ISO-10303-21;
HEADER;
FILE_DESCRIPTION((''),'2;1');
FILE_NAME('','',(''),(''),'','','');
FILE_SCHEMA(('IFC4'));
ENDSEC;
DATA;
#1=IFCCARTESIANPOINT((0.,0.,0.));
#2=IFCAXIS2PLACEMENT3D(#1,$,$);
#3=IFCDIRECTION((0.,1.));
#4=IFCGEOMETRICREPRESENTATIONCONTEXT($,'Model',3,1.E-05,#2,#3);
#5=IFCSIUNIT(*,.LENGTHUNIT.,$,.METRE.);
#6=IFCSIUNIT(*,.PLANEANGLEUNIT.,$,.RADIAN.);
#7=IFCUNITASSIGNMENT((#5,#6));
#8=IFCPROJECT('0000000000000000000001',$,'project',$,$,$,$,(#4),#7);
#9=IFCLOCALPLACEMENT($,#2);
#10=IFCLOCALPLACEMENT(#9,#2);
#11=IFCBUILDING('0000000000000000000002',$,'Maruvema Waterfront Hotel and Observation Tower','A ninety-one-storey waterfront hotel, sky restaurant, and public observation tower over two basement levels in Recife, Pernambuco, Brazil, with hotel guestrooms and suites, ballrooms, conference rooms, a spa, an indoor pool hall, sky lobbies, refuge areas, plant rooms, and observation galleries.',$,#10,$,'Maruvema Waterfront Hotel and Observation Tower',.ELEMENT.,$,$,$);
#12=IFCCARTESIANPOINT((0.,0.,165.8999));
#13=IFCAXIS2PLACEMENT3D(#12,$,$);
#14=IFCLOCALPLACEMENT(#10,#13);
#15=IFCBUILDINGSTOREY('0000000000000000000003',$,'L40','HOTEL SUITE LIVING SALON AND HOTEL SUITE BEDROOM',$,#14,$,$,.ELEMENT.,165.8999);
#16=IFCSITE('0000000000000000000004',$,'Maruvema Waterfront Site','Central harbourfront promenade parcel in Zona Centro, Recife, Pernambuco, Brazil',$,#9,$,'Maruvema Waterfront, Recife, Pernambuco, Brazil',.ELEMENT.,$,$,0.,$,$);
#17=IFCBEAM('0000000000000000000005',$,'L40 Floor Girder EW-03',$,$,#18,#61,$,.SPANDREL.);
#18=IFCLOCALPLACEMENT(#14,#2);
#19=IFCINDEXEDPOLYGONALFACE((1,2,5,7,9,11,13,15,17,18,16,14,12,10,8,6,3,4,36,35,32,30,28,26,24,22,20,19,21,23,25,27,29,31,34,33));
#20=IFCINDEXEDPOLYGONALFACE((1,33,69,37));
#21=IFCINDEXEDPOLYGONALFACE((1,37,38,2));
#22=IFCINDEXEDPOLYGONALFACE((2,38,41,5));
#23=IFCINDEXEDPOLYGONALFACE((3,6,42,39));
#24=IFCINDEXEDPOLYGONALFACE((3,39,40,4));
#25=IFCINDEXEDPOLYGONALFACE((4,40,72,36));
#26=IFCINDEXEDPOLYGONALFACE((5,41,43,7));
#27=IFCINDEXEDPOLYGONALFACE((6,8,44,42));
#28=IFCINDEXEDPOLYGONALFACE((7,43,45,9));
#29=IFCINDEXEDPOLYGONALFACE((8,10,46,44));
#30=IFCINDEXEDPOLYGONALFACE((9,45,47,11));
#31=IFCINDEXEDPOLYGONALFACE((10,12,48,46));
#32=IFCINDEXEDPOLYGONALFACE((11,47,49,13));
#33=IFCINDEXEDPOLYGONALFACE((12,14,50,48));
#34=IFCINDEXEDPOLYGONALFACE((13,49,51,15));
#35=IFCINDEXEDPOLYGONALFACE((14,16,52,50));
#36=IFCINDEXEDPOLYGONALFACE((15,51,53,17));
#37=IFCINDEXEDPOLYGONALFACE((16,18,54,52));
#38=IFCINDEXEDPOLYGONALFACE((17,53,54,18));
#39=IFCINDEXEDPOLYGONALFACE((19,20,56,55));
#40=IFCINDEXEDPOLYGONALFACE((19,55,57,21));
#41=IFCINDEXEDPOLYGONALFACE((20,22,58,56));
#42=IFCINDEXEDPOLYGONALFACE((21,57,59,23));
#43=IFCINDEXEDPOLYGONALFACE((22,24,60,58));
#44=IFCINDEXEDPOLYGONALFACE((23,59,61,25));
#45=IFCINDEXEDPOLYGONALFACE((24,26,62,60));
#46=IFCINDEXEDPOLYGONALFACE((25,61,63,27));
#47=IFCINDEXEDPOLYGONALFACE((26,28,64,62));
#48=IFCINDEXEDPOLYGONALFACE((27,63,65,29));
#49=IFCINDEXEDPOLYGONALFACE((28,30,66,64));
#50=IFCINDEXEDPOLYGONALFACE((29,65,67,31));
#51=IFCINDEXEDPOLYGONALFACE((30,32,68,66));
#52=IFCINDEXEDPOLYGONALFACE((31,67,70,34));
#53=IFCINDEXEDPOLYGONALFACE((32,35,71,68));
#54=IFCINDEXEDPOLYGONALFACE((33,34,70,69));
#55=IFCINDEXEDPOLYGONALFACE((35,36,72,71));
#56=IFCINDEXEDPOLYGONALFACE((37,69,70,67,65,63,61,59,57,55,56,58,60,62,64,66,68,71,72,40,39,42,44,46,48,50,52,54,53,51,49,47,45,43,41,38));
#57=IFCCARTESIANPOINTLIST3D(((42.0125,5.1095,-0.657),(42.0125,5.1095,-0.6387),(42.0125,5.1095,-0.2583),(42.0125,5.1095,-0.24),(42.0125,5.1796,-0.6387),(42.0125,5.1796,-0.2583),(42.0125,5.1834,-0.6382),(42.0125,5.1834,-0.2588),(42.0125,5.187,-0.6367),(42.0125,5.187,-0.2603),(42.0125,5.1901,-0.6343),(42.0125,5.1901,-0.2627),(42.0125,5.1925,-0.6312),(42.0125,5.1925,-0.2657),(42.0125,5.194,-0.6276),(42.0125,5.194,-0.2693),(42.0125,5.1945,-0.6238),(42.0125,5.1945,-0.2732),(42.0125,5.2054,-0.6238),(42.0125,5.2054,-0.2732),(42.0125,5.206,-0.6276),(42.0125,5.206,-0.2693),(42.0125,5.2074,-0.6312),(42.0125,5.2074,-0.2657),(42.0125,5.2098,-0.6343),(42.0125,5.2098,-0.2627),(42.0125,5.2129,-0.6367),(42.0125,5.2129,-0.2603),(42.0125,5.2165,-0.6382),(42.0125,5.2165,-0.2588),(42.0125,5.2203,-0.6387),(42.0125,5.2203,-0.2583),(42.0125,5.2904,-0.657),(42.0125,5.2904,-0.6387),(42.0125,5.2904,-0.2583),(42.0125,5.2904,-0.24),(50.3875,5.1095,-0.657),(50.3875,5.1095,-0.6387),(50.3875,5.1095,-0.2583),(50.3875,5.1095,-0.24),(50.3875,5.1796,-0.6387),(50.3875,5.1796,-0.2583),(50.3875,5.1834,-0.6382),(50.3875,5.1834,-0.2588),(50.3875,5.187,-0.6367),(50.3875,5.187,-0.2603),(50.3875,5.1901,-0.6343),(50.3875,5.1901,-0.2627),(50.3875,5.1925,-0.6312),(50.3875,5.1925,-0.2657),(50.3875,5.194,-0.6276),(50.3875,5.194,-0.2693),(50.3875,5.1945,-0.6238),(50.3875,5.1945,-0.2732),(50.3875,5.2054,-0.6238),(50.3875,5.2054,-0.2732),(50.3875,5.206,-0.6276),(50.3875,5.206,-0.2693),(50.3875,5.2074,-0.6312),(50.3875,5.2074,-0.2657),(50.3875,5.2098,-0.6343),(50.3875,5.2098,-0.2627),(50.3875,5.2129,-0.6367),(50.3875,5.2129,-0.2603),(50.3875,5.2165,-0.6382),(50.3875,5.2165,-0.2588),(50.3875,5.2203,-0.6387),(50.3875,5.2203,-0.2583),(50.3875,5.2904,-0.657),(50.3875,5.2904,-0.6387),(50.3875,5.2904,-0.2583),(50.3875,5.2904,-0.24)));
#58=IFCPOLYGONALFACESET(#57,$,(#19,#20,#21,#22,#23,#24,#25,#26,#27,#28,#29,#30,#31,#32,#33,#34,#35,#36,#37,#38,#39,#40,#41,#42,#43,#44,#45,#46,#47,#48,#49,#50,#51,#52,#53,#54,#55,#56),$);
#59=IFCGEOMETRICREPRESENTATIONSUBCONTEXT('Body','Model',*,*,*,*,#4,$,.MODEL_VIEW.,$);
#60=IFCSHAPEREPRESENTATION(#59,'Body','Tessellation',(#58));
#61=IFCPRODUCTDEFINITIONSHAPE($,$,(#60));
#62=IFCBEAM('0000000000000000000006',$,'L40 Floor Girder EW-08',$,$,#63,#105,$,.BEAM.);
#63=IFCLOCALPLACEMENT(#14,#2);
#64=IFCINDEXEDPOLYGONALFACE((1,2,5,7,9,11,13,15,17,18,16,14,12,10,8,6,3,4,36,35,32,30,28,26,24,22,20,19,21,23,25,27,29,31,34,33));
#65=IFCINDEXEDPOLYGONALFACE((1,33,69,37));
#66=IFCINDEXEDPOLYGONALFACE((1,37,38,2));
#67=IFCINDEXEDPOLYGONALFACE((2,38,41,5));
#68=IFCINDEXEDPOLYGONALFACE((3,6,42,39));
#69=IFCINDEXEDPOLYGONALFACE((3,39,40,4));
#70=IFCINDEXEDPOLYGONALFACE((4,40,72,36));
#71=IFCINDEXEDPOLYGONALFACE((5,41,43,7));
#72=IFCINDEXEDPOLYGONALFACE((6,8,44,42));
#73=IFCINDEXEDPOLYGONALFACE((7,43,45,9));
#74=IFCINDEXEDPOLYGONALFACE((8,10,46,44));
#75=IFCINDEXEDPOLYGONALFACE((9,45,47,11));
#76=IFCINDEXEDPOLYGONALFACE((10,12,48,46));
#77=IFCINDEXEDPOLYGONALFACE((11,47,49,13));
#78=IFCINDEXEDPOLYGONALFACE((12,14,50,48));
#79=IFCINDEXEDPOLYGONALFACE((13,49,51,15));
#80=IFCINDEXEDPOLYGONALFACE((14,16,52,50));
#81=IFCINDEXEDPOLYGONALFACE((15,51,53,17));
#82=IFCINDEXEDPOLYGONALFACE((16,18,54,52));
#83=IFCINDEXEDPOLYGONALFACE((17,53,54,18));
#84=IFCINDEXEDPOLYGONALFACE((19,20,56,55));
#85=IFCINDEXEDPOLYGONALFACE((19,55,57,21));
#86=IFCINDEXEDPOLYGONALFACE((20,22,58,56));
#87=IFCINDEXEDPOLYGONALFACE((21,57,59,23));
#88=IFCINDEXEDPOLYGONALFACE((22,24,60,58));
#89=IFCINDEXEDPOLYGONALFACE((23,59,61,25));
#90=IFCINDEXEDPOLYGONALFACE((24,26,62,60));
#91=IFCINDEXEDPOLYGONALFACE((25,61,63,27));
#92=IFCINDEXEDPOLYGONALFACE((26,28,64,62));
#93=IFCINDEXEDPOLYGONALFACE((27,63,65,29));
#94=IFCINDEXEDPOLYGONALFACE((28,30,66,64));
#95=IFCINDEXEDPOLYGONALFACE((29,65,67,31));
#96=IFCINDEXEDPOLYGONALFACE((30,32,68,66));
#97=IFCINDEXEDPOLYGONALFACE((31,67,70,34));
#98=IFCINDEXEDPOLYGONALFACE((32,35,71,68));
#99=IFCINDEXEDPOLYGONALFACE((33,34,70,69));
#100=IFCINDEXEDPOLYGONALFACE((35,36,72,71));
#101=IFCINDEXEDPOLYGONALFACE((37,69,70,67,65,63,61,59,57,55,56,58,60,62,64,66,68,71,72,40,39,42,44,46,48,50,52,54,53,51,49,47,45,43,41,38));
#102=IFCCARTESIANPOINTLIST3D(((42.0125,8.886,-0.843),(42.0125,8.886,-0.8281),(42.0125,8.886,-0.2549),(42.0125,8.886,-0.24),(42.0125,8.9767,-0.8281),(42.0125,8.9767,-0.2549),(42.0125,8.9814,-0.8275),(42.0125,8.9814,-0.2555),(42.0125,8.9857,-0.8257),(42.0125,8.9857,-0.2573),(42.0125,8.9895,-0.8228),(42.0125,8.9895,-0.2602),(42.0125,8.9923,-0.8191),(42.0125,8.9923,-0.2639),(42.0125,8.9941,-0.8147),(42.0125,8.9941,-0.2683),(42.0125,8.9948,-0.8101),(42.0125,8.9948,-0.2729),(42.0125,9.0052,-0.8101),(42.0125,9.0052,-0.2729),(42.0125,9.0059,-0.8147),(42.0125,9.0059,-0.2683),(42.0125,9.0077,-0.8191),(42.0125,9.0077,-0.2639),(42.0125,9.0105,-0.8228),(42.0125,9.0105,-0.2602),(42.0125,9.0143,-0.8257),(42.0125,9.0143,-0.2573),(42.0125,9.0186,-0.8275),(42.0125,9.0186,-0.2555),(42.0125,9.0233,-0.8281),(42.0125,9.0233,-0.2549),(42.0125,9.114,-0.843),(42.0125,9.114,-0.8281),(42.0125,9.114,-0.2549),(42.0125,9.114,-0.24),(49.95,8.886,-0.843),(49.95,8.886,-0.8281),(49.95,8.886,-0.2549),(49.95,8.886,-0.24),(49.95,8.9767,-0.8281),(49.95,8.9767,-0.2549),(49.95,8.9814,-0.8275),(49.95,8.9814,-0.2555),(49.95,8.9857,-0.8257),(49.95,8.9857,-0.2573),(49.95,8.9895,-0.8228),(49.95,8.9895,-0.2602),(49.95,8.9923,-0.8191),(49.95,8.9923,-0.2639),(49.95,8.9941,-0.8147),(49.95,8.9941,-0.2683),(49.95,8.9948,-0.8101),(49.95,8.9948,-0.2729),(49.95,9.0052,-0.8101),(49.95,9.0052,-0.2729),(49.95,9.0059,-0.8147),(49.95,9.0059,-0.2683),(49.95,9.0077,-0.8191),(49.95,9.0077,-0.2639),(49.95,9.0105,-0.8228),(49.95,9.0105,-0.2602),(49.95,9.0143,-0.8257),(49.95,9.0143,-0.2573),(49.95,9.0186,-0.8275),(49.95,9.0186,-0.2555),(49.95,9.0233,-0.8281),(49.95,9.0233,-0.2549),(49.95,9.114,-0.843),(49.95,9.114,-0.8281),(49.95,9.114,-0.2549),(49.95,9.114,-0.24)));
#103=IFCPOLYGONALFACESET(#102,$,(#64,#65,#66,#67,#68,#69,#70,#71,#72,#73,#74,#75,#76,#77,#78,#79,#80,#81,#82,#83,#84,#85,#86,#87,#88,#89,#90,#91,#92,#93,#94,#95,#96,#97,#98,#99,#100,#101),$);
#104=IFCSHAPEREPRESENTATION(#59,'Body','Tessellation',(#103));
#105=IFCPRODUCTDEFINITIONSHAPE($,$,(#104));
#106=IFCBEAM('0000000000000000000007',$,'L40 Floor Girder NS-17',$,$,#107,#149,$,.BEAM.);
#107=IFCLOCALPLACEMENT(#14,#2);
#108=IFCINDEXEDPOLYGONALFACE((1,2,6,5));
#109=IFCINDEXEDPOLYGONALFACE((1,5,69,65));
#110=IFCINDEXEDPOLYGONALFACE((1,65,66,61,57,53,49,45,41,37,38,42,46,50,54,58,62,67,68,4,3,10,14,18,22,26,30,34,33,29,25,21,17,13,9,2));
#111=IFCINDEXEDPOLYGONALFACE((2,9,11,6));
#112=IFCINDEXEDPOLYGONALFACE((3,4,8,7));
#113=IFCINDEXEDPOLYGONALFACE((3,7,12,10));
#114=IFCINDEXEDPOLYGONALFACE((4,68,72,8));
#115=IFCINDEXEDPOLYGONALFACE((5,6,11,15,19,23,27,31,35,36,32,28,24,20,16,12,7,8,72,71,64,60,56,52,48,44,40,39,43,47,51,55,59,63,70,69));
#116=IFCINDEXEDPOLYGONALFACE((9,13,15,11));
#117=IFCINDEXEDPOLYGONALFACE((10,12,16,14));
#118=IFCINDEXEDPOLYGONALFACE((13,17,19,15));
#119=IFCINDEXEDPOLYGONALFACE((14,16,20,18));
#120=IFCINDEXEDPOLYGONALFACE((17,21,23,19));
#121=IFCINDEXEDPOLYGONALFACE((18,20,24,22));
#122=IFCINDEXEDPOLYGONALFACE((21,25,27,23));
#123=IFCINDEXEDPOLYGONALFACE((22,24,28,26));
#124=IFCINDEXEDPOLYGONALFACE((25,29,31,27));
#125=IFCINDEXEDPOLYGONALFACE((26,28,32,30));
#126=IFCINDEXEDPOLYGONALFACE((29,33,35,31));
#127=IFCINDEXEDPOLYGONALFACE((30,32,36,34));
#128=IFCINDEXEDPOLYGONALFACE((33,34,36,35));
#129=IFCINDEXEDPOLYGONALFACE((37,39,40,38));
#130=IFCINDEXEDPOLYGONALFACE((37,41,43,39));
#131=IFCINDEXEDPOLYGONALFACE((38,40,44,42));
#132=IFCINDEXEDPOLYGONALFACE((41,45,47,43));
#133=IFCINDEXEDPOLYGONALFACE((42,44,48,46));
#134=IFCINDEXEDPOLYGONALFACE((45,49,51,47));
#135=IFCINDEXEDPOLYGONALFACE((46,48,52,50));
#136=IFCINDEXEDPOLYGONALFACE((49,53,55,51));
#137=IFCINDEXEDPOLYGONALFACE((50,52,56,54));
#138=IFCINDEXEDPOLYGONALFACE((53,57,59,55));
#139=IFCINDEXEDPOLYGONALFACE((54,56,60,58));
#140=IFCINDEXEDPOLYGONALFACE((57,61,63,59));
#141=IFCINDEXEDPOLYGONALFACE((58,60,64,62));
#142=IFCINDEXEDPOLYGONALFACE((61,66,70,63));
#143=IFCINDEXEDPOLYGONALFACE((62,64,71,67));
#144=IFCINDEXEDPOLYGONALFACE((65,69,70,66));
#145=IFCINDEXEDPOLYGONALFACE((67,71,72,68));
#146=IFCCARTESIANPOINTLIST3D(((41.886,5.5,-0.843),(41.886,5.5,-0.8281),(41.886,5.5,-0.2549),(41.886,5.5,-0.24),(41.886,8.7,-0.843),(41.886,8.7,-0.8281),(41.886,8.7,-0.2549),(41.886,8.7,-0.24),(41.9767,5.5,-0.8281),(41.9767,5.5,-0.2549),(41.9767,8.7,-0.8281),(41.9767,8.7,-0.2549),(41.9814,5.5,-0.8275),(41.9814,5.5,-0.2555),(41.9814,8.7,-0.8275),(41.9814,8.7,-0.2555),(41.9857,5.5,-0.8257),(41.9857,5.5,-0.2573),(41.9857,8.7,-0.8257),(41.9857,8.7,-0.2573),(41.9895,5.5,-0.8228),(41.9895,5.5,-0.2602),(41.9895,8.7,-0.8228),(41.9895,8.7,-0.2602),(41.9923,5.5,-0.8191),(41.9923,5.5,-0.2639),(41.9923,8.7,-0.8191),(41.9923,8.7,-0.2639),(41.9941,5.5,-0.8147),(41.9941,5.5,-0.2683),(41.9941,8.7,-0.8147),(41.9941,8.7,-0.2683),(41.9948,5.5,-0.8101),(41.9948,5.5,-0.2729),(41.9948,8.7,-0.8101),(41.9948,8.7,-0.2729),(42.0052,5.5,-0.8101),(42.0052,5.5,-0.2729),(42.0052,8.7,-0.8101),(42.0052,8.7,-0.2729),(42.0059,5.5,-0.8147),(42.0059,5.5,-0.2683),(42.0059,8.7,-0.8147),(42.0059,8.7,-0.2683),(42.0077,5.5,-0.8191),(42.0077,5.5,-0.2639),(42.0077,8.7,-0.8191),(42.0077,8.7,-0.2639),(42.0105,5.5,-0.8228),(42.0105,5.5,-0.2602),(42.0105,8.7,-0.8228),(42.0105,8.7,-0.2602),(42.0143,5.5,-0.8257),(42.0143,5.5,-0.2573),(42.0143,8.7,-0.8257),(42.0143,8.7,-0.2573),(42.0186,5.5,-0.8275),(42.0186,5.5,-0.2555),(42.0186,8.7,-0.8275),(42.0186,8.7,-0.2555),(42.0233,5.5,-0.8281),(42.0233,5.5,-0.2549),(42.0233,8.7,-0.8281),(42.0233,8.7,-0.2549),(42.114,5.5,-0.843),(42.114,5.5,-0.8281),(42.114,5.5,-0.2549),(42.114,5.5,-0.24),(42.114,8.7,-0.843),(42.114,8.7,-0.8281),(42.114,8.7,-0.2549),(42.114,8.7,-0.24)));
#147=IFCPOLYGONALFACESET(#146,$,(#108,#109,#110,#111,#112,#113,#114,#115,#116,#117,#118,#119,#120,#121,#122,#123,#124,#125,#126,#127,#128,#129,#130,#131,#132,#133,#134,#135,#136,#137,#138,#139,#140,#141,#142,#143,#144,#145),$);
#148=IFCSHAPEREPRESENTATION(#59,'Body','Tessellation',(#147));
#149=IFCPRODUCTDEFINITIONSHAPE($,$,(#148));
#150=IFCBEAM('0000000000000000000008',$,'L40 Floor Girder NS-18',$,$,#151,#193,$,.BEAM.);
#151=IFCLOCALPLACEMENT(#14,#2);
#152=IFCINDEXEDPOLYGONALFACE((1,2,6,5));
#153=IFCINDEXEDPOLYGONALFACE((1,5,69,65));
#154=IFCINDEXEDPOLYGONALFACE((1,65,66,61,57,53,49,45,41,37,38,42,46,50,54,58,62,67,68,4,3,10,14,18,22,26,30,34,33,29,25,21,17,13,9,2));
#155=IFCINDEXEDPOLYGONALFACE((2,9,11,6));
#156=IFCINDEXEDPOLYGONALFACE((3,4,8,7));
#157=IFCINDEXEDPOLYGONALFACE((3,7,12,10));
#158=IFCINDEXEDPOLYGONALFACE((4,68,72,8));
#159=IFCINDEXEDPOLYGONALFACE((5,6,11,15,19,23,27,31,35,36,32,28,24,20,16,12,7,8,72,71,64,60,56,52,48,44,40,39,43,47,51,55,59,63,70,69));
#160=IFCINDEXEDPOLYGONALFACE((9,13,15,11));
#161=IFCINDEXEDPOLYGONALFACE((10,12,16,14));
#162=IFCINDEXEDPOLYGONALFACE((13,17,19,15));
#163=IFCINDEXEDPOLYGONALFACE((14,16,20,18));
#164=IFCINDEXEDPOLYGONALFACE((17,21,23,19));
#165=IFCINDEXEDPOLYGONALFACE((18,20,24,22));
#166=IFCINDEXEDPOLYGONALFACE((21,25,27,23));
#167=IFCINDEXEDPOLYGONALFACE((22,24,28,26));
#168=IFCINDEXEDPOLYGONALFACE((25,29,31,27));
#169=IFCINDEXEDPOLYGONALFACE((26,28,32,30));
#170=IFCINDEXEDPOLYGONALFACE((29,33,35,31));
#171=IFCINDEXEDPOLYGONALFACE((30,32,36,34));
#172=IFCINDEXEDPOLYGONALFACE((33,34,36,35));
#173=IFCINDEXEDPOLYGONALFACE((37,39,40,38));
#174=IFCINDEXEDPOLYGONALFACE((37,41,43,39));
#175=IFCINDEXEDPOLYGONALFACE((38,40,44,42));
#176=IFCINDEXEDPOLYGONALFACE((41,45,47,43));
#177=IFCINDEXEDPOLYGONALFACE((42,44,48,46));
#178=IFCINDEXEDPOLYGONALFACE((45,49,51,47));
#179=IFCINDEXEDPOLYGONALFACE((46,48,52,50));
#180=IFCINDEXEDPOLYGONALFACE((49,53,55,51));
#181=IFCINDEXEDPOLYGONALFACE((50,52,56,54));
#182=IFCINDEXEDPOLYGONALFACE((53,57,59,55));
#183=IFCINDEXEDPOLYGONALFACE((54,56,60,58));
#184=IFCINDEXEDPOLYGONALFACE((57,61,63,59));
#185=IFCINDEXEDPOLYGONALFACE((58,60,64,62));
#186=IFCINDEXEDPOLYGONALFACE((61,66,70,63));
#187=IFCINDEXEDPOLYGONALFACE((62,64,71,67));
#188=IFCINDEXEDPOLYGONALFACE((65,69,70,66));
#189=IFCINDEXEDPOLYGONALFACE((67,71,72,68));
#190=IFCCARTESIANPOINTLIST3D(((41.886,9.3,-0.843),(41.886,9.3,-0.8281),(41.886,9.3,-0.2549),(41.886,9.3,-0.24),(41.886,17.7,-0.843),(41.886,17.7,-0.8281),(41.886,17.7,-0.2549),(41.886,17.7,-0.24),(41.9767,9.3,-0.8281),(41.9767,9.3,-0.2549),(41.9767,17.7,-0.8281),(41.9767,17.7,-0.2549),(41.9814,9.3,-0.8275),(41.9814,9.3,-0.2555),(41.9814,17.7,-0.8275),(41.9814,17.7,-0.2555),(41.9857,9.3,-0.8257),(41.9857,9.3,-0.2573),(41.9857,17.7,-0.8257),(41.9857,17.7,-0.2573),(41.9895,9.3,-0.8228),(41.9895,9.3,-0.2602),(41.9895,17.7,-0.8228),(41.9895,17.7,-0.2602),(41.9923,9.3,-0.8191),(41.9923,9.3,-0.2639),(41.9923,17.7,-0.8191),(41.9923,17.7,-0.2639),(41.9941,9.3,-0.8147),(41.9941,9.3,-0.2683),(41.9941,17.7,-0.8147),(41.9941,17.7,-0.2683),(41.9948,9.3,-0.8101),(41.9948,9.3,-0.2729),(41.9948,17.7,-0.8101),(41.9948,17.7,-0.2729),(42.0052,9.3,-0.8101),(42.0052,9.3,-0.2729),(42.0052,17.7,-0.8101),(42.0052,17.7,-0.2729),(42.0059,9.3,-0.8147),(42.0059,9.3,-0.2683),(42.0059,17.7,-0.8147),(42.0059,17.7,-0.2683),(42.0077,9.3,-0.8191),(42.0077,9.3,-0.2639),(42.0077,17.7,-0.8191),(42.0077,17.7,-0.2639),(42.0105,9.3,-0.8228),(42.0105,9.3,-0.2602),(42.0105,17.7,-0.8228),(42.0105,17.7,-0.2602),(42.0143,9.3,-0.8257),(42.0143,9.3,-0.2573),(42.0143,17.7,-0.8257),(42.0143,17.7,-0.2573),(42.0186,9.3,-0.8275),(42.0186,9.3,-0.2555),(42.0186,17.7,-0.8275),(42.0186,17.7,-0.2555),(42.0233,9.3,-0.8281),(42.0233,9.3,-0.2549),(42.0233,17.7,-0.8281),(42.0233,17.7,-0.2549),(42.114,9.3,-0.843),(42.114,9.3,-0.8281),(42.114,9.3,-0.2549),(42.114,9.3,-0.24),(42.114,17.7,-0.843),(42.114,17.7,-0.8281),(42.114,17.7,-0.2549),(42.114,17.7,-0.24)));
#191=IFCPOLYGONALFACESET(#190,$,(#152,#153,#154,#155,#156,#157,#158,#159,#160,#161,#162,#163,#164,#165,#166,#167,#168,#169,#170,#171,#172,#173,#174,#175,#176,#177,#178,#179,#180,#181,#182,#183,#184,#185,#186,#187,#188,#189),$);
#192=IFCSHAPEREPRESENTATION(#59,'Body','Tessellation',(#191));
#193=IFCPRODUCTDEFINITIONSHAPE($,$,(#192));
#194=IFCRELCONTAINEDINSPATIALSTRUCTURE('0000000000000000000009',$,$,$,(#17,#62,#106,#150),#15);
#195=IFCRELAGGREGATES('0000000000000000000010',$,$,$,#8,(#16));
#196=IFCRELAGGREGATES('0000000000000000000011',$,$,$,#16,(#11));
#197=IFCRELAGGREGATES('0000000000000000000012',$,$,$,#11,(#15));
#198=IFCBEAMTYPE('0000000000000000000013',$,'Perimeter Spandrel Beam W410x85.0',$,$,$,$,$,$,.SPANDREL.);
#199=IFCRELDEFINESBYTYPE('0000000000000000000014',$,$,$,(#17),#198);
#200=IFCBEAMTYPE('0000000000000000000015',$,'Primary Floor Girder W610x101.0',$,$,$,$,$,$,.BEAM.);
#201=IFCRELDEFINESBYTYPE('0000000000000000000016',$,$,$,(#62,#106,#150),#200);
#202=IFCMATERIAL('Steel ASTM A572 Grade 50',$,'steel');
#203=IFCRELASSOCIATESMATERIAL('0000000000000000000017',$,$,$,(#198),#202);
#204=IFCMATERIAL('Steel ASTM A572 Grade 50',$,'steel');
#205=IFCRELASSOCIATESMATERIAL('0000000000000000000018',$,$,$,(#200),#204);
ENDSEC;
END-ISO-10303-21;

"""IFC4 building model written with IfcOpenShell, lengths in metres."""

from ifc_helpers import new_model, si_unit, direction, frame, origin, origin_2d, place, context, subcontext, project, spatial, i_section, extrude, material, material_profile, profile_set, type_object, element, save


model = new_model("IFC4")

# Units and contexts
model_context = context("Model", 3, precision=1e-05, world=origin(), true_north=direction((0.0, 1.0)))
body_context = subcontext(model_context, "Body", "Model", "MODEL_VIEW")
ifc_project = project(units=[si_unit("LENGTHUNIT", "METRE"), si_unit("PLANEANGLEUNIT", "RADIAN")], contexts=[model_context])

# Site, building, storey
site_placement = place(None, origin())
site = spatial("IfcSite", under=ifc_project, at=site_placement, Name="Maruvema Waterfront Site", Description="Central harbourfront promenade parcel in Zona Centro, Recife, Pernambuco, Brazil", LongName="Maruvema Waterfront, Recife, Pernambuco, Brazil", CompositionType="ELEMENT", RefElevation=0.0)
building_placement = place(site_placement, origin())
building = spatial("IfcBuilding", under=site, at=building_placement, Name="Maruvema Waterfront Hotel and Observation Tower", Description="A ninety-one-storey waterfront hotel, sky restaurant, and public observation tower over two basement levels in Recife, Pernambuco, Brazil, with hotel guestrooms and suites, ballrooms, conference rooms, a spa, an indoor pool hall, sky lobbies, refuge areas, plant rooms, and observation galleries.", LongName="Maruvema Waterfront Hotel and Observation Tower", CompositionType="ELEMENT")
storey_placement = place(building_placement, frame((0.0, 0.0, 165.8999)))
storey = spatial("IfcBuildingStorey", under=building, at=storey_placement, Name="L40", Description="HOTEL SUITE LIVING SALON AND HOTEL SUITE BEDROOM", CompositionType="ELEMENT", Elevation=165.8999)

# Beams
ifc_material_1 = material(Name="Steel ASTM A572 Grade 50", Category="steel")
ifc_material_profile_1 = material_profile(ifc_material_1, i_section(OverallWidth=0.1809, OverallDepth=0.417, WebThickness=0.011, FlangeThickness=0.0183, FilletRadius=0.0149, at=origin_2d()), Name="W410x85.0")
ifc_profile_set_1 = profile_set([ifc_material_profile_1], Name="Steel ASTM A572 Grade 50")
beam_type_1 = type_object("IfcBeamType", Name="Perimeter Spandrel Beam W410x85.0", PredefinedType="SPANDREL", material=ifc_profile_set_1)
beam_1_placement = place(storey_placement, frame((42.0125, 5.2, -0.4485), z_axis=(1.0, 0.0, 0.0), x_axis=(0.0, 1.0, 0.0)))
element("IfcBeam", 1, at=beam_1_placement, inside=storey, type_object=beam_type_1, Name="L40 Floor Girder EW-03", PredefinedType="SPANDREL", context=body_context, shape_type="SweptSolid", body=[
    extrude(i_section(OverallWidth=0.1809, OverallDepth=0.417, WebThickness=0.011, FlangeThickness=0.0183, FilletRadius=0.0149, at=origin_2d()), origin(), (0.0, 0.0, 1.0), 8.375),
])
ifc_material_2 = material(Name="Steel ASTM A572 Grade 50", Category="steel")
ifc_material_profile_2 = material_profile(ifc_material_2, i_section(OverallWidth=0.228, OverallDepth=0.603, WebThickness=0.0105, FlangeThickness=0.0149, FilletRadius=0.0181, at=origin_2d()), Name="W610x101.0")
ifc_profile_set_2 = profile_set([ifc_material_profile_2], Name="Steel ASTM A572 Grade 50")
beam_type_2 = type_object("IfcBeamType", Name="Primary Floor Girder W610x101.0", PredefinedType="BEAM", material=ifc_profile_set_2)
beam_2_placement = place(storey_placement, frame((42.0125, 9.0, -0.5415), z_axis=(1.0, 0.0, 0.0), x_axis=(0.0, 1.0, 0.0)))
element("IfcBeam", 2, at=beam_2_placement, inside=storey, type_object=beam_type_2, Name="L40 Floor Girder EW-08", PredefinedType="BEAM", context=body_context, shape_type="SweptSolid", body=[
    extrude(i_section(OverallWidth=0.228, OverallDepth=0.603, WebThickness=0.0105, FlangeThickness=0.0149, FilletRadius=0.0181, at=origin_2d()), origin(), (0.0, 0.0, 1.0), 7.9375),
])
beam_3_placement = place(storey_placement, frame((42.0, 5.5, -0.5415), z_axis=(0.0, 1.0, 0.0), x_axis=(-1.0, 0.0, 0.0)))
element("IfcBeam", 3, at=beam_3_placement, inside=storey, type_object=beam_type_2, Name="L40 Floor Girder NS-17", PredefinedType="BEAM", context=body_context, shape_type="SweptSolid", body=[
    extrude(i_section(OverallWidth=0.228, OverallDepth=0.603, WebThickness=0.0105, FlangeThickness=0.0149, FilletRadius=0.0181, at=origin_2d()), origin(), (0.0, 0.0, 1.0), 3.2),
])
beam_4_placement = place(storey_placement, frame((42.0, 9.3, -0.5415), z_axis=(0.0, 1.0, 0.0), x_axis=(-1.0, 0.0, 0.0)))
element("IfcBeam", 4, at=beam_4_placement, inside=storey, type_object=beam_type_2, Name="L40 Floor Girder NS-18", PredefinedType="BEAM", context=body_context, shape_type="SweptSolid", body=[
    extrude(i_section(OverallWidth=0.228, OverallDepth=0.603, WebThickness=0.0105, FlangeThickness=0.0149, FilletRadius=0.0181, at=origin_2d()), origin(), (0.0, 0.0, 1.0), 8.3999),
])

save(model, "model.ifc")
